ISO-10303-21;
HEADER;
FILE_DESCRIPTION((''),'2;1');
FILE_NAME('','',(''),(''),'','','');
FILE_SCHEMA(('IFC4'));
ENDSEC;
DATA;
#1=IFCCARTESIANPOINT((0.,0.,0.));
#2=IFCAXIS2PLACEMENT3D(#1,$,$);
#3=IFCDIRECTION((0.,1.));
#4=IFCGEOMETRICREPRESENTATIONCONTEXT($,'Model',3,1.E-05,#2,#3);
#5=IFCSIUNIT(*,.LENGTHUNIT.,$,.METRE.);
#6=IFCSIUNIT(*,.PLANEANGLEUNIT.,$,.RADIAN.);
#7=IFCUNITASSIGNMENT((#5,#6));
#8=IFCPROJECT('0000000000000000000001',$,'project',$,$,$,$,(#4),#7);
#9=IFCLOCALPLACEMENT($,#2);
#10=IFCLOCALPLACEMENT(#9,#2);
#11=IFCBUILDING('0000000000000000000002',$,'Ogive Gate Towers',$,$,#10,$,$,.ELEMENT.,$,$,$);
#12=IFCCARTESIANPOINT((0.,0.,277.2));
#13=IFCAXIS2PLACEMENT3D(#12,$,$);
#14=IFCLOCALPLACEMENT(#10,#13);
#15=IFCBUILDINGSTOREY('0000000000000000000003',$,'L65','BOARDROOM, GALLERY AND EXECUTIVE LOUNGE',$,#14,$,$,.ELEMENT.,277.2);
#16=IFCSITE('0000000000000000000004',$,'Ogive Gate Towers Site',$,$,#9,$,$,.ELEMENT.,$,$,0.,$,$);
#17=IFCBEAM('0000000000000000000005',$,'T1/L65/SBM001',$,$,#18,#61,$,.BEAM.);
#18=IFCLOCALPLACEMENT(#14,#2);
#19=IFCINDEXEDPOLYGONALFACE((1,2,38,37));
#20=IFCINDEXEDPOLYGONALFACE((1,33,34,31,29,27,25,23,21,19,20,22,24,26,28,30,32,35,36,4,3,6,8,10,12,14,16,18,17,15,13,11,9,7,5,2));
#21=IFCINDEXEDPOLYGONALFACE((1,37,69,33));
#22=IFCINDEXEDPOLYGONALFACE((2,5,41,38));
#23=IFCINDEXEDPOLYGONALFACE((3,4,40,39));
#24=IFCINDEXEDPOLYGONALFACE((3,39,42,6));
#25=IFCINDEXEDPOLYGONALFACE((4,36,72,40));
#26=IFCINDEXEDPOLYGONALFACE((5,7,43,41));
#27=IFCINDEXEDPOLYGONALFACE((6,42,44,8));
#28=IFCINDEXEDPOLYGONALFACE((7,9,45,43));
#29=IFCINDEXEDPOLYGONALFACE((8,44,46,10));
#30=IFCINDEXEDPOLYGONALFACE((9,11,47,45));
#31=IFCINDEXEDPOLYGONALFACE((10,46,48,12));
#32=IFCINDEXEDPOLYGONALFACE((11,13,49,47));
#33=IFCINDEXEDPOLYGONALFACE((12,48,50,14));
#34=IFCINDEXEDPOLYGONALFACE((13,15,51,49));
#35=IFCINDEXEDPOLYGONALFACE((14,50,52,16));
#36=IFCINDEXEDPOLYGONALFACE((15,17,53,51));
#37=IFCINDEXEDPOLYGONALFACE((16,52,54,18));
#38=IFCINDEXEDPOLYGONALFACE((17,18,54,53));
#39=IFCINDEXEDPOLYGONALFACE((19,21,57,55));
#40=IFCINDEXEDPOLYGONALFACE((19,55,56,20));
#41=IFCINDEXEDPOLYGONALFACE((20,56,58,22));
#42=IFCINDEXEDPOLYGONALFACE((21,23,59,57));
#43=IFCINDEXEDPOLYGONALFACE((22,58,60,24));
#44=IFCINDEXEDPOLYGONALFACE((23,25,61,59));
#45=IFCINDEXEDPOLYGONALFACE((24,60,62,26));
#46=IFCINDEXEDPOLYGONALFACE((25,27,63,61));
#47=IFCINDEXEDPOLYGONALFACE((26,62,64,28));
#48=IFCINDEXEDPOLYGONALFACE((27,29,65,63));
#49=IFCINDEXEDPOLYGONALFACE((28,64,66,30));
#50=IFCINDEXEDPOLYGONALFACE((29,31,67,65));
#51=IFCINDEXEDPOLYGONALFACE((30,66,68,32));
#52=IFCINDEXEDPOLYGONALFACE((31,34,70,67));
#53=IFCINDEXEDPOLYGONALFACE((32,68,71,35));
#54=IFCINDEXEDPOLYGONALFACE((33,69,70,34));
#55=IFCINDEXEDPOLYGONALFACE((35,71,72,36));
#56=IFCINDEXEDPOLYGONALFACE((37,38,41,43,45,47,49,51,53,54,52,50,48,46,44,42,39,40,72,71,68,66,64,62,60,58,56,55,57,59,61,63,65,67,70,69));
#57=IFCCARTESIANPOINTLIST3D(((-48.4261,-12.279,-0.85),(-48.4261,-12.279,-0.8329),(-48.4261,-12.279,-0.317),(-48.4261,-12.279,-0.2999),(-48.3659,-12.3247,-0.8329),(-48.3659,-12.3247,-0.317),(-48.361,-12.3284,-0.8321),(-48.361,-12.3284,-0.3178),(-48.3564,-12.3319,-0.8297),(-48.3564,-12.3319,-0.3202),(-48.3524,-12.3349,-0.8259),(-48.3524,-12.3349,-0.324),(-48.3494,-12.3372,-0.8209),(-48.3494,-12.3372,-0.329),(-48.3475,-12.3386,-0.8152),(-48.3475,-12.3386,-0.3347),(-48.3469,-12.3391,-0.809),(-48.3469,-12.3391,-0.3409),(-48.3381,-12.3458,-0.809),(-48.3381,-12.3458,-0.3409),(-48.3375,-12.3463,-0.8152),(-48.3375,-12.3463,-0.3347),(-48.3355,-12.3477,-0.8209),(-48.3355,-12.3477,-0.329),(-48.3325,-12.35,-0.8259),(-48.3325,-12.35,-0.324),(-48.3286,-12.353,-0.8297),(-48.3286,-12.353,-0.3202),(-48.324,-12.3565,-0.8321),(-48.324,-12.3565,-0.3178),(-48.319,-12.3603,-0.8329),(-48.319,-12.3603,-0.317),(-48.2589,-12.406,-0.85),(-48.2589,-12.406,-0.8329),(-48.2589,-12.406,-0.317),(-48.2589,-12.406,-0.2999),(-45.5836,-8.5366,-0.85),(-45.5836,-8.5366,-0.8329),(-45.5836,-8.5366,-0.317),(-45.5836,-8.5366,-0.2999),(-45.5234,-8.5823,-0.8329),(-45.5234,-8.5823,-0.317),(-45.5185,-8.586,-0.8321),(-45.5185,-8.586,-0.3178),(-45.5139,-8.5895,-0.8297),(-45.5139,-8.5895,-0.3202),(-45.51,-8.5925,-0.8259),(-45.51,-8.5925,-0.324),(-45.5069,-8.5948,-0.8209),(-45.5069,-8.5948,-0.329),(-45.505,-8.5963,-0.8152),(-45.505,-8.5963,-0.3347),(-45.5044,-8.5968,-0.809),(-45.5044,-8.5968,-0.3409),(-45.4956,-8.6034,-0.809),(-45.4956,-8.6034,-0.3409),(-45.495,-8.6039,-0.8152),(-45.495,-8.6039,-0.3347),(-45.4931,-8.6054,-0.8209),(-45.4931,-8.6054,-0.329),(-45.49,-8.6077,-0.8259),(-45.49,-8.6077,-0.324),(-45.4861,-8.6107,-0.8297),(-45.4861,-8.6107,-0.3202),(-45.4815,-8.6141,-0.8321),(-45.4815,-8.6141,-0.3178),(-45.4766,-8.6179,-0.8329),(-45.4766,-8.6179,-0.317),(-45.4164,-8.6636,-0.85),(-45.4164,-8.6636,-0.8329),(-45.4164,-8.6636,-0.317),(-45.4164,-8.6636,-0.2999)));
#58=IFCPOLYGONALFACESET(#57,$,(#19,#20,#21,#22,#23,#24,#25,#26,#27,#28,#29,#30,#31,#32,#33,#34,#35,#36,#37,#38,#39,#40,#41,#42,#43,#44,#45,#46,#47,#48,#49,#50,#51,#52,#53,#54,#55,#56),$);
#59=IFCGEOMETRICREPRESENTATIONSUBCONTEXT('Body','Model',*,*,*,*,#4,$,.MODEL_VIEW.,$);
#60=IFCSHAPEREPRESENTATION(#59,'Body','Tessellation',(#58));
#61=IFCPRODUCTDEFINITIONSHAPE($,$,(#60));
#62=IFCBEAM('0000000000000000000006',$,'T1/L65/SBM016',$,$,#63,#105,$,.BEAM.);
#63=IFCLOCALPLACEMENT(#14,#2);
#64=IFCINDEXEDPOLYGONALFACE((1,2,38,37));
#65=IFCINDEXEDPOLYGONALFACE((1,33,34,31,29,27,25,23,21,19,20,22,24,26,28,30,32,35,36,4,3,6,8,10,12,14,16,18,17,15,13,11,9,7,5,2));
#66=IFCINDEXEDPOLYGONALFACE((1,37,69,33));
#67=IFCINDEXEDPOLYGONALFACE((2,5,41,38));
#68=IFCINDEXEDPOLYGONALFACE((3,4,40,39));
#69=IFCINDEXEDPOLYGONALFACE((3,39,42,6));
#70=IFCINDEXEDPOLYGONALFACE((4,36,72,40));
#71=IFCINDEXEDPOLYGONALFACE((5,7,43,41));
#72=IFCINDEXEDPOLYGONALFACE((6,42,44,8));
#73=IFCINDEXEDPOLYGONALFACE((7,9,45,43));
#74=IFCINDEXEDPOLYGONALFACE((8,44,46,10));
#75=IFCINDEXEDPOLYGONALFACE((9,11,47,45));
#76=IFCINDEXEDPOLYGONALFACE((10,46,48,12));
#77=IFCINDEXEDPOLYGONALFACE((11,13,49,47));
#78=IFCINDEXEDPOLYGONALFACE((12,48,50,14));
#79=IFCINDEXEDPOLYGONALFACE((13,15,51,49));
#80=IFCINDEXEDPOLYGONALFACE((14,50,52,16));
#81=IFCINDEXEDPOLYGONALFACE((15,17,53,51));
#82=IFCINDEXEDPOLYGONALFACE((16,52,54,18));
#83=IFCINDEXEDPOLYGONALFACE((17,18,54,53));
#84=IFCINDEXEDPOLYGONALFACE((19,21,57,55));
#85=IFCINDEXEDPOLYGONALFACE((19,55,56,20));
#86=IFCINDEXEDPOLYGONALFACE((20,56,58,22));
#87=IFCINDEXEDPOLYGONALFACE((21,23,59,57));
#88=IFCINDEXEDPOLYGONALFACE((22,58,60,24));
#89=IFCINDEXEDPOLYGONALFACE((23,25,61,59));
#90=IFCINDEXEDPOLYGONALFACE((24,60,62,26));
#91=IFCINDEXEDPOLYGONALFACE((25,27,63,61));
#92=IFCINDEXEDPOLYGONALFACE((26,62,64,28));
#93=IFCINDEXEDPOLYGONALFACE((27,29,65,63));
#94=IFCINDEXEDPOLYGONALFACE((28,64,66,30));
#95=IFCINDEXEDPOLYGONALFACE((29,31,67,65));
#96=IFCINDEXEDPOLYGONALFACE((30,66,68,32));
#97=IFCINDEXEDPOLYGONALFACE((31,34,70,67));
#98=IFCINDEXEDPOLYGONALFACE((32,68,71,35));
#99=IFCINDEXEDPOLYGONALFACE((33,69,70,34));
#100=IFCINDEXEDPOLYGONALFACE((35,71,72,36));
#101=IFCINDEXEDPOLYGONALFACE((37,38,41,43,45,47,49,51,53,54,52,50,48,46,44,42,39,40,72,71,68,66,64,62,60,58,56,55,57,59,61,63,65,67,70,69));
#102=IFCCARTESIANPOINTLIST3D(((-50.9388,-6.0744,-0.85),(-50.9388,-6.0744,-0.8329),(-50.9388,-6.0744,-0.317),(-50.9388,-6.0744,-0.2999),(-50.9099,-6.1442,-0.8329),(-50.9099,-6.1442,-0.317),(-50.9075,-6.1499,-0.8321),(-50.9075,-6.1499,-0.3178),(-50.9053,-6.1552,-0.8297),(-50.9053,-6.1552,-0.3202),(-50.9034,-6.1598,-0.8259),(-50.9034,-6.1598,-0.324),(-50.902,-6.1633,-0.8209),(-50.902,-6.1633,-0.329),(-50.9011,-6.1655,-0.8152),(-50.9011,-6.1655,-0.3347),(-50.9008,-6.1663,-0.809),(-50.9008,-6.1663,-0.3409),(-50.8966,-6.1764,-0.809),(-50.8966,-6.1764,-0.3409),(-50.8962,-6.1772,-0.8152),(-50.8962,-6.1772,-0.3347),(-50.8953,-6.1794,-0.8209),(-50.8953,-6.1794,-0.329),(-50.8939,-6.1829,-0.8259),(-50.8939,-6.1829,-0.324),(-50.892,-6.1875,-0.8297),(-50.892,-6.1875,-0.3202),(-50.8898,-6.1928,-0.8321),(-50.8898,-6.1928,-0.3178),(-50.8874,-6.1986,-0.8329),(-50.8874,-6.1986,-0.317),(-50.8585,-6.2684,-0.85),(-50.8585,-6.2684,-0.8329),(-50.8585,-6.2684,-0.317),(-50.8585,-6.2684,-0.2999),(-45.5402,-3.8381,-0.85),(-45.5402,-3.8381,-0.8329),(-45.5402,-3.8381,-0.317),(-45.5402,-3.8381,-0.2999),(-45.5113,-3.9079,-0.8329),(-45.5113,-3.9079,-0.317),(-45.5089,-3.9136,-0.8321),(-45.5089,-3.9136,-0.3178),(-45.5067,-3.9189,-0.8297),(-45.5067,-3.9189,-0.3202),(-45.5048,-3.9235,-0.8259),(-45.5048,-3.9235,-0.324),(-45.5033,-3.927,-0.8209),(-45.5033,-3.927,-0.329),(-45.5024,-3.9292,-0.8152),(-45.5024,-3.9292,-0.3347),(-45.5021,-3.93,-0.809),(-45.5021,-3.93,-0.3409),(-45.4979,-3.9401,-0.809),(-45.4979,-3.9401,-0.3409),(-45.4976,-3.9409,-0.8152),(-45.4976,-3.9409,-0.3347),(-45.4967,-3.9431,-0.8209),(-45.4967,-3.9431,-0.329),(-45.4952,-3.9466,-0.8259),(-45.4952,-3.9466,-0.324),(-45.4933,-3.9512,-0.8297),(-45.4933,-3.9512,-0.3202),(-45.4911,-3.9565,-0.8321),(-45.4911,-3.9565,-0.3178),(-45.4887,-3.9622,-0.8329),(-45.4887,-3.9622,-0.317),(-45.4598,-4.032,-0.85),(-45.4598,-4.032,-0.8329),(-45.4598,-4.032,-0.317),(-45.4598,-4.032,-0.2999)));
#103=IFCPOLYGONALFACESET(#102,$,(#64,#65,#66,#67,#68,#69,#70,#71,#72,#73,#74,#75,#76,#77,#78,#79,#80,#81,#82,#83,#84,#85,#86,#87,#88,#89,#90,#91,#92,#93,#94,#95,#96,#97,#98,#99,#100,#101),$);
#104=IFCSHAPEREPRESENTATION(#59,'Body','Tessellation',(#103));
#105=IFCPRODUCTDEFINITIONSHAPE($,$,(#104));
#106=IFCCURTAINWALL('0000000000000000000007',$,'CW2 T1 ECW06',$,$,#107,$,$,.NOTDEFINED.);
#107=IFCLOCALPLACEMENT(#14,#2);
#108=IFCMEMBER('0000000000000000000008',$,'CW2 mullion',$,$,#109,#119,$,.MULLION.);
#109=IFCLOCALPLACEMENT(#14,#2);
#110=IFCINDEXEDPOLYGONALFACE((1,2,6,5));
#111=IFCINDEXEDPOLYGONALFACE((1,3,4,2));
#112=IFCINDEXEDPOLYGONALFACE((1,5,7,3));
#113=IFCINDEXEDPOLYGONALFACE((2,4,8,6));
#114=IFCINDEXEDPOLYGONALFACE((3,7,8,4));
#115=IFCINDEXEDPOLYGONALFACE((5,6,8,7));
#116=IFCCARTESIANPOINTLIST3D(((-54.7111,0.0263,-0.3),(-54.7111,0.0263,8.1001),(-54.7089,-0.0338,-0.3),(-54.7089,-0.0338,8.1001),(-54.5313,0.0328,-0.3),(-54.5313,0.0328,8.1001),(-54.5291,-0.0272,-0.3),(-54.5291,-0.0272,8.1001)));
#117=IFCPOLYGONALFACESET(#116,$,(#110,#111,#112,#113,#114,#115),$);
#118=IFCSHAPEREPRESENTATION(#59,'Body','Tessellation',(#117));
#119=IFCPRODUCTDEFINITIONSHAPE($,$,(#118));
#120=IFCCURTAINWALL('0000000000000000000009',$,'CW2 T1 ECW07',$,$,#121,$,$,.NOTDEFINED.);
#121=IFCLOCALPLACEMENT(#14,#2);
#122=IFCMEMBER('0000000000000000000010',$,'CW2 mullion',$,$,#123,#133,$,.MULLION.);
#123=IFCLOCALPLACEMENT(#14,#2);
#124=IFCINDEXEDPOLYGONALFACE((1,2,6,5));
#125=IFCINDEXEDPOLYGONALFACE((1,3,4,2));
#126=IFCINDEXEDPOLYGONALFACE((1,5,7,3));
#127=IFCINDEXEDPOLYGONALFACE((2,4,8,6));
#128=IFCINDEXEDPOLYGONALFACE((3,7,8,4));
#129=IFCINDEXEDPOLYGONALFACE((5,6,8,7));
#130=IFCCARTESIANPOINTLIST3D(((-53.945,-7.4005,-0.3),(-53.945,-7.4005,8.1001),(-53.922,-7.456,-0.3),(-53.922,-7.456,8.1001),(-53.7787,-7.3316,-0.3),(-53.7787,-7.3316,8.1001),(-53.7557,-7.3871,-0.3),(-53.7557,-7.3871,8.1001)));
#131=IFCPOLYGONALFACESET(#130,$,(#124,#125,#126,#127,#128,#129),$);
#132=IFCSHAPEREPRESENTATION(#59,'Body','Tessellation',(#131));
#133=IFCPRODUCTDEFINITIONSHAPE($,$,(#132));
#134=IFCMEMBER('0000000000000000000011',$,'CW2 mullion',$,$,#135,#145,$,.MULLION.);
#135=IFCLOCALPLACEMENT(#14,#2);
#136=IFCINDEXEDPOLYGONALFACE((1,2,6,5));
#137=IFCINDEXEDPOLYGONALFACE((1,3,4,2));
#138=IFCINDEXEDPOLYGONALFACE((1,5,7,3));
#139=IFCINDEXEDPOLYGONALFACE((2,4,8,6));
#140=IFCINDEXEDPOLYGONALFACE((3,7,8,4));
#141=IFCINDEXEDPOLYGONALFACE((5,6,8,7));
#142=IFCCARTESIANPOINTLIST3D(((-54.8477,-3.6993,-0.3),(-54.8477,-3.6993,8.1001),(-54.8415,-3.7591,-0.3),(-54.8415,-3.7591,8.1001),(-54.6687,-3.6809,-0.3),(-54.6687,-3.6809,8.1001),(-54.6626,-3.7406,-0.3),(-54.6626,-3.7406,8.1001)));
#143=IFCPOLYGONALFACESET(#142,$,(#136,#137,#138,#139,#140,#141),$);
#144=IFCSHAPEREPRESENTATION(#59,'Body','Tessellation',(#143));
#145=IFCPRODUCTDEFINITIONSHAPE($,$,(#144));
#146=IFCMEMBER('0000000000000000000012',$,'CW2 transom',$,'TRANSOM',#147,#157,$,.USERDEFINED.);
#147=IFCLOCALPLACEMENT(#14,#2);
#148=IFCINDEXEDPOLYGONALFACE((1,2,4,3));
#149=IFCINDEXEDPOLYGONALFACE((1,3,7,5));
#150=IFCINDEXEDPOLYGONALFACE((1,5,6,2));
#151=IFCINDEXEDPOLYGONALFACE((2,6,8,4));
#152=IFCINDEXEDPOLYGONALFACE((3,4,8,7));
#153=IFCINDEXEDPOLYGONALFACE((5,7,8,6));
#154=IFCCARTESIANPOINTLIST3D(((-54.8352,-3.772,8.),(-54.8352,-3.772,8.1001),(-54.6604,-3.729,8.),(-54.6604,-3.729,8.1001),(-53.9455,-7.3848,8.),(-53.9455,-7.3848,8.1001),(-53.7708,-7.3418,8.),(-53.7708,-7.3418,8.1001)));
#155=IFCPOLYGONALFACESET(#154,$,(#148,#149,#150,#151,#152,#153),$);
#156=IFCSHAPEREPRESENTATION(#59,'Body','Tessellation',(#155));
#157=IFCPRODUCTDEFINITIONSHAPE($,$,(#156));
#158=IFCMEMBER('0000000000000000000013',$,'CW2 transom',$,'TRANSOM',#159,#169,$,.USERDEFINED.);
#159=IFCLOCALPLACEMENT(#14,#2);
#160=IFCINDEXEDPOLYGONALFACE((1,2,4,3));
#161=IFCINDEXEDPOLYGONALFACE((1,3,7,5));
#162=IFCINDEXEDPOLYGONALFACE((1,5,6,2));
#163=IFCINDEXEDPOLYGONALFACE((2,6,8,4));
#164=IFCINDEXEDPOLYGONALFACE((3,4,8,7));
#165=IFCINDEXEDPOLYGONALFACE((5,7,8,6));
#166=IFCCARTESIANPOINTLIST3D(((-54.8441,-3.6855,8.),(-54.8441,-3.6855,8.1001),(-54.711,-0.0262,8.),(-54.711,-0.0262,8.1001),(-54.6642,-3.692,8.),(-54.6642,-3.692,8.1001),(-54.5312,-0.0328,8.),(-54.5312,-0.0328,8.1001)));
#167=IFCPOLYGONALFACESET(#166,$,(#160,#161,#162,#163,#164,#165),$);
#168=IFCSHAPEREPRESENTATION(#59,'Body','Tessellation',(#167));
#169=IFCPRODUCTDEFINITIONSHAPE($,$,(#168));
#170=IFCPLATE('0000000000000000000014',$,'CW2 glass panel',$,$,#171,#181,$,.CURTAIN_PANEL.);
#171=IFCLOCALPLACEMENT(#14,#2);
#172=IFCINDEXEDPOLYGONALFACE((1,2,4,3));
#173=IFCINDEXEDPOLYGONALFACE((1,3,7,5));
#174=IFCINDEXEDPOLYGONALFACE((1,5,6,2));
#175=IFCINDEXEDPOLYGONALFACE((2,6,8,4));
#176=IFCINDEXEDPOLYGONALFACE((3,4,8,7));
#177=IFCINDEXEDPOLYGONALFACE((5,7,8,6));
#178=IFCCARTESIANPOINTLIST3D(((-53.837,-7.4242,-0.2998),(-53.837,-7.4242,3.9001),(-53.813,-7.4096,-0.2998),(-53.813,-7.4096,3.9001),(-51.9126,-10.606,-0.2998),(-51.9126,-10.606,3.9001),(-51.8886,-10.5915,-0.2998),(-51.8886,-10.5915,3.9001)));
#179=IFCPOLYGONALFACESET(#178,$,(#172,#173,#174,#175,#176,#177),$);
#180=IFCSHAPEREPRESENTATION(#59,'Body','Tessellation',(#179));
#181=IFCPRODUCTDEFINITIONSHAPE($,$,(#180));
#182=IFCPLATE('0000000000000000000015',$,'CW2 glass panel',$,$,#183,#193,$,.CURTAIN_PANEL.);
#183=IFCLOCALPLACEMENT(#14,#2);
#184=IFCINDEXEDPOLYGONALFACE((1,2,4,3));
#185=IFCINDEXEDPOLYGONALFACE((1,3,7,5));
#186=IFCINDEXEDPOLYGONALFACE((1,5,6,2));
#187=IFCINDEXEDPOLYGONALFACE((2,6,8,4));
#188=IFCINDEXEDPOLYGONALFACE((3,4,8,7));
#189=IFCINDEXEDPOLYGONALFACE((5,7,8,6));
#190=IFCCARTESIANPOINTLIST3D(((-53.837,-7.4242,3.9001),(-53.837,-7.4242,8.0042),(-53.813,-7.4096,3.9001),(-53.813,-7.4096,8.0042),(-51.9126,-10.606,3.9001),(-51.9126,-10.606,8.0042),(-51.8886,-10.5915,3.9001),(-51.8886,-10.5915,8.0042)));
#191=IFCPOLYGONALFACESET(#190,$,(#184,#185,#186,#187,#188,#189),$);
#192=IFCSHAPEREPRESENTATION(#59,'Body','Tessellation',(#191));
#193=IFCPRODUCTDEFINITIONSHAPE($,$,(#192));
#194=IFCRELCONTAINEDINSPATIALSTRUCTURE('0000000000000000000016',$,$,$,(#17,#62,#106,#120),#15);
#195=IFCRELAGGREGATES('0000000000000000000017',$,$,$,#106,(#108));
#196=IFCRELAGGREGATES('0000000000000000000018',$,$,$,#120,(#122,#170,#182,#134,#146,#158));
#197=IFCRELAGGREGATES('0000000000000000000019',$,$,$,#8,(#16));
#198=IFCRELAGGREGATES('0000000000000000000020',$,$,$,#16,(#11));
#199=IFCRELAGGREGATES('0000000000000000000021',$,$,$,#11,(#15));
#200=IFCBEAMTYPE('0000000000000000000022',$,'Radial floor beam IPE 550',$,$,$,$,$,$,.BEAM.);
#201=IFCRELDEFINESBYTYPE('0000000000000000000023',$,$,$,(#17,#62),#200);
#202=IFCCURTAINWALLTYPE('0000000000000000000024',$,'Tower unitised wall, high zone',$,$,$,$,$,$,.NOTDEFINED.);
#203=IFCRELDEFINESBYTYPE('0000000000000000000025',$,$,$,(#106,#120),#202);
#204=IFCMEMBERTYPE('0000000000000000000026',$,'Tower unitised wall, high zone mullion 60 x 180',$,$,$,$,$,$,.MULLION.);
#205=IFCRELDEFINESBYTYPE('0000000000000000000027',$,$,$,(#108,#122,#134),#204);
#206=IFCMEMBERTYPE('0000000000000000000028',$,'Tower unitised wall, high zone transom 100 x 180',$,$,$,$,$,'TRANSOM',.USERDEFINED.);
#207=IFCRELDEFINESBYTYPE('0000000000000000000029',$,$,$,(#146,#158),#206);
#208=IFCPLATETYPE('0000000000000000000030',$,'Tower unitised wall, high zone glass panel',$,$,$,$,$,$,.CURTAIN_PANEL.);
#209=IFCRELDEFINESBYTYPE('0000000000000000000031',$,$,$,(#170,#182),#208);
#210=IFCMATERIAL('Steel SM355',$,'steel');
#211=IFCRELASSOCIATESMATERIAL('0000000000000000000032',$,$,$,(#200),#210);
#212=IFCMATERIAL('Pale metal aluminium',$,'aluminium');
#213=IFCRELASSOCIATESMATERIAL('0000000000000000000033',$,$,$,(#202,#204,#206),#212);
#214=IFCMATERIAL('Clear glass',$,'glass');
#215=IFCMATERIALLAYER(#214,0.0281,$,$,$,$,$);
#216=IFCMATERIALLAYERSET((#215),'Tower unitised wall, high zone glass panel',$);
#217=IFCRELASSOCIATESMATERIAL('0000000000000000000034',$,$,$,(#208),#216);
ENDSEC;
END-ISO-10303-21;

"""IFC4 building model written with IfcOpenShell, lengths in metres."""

from ifc_helpers import new_model, si_unit, direction, frame, origin, origin_2d, place, context, subcontext, project, spatial, rectangle, i_section, extrude, material, layer, layer_set, material_profile, profile_set, type_object, element, aggregate, save


model = new_model("IFC4")

# Units and contexts
model_context = context("Model", 3, precision=1e-05, world=origin(), true_north=direction((0.0, 1.0)))
body_context = subcontext(model_context, "Body", "Model", "MODEL_VIEW")
ifc_project = project(units=[si_unit("LENGTHUNIT", "METRE"), si_unit("PLANEANGLEUNIT", "RADIAN")], contexts=[model_context])

# Site, building, storey
site_placement = place(None, origin())
site = spatial("IfcSite", under=ifc_project, at=site_placement, Name="Ogive Gate Towers Site", CompositionType="ELEMENT", RefElevation=0.0)
building_placement = place(site_placement, origin())
building = spatial("IfcBuilding", under=site, at=building_placement, Name="Ogive Gate Towers", CompositionType="ELEMENT")
storey_placement = place(building_placement, frame((0.0, 0.0, 277.2)))
storey = spatial("IfcBuildingStorey", under=building, at=storey_placement, Name="L65", Description="BOARDROOM, GALLERY AND EXECUTIVE LOUNGE", CompositionType="ELEMENT", Elevation=277.2)

# Beams
ifc_material_1 = material(Name="Steel SM355", Category="steel")
ifc_material_profile_1 = material_profile(ifc_material_1, i_section(OverallWidth=0.21, OverallDepth=0.55, WebThickness=0.011, FlangeThickness=0.0171, FilletRadius=0.0239, at=origin_2d()), Name="IPE 550")
ifc_profile_set_1 = profile_set([ifc_material_profile_1], Name="Steel SM355")
beam_type = type_object("IfcBeamType", Name="Radial floor beam IPE 550", PredefinedType="BEAM", material=ifc_profile_set_1)
beam_1_placement = place(storey_placement, frame((-45.5, -8.6001, -0.575), z_axis=(-0.604851, -0.796338, 0.0), x_axis=(0.796338, -0.604851, 0.0)))
element("IfcBeam", 1, at=beam_1_placement, inside=storey, type_object=beam_type, Name="T1/L65/SBM001", PredefinedType="BEAM", context=body_context, shape_type="SweptSolid", body=[
    extrude(i_section(OverallWidth=0.21, OverallDepth=0.55, WebThickness=0.011, FlangeThickness=0.0171, FilletRadius=0.0239, at=origin_2d()), origin(), (0.0, 0.0, 1.0), 4.6995),
])
beam_2_placement = place(storey_placement, frame((-45.5, -3.9351, -0.575), z_axis=(-0.923872, -0.382701, 0.0), x_axis=(0.382701, -0.923872, 0.0)))
element("IfcBeam", 2, at=beam_2_placement, inside=storey, type_object=beam_type, Name="T1/L65/SBM016", PredefinedType="BEAM", context=body_context, shape_type="SweptSolid", body=[
    extrude(i_section(OverallWidth=0.21, OverallDepth=0.55, WebThickness=0.011, FlangeThickness=0.0171, FilletRadius=0.0239, at=origin_2d()), origin(), (0.0, 0.0, 1.0), 5.8435),
])

# Curtain wall, member
ifc_material_2 = material(Name="Pale metal aluminium", Category="aluminium")
curtain_wall_type = type_object("IfcCurtainWallType", Name="Tower unitised wall, high zone", PredefinedType="NOTDEFINED", material=ifc_material_2)
curtain_wall_1_placement = place(storey_placement, origin())
curtain_wall_1 = element("IfcCurtainWall", 3, at=curtain_wall_1_placement, inside=storey, type_object=curtain_wall_type, Name="CW2 T1 ECW06", PredefinedType="NOTDEFINED")
ifc_material_profile_2 = material_profile(ifc_material_2, rectangle(XDim=0.1799, YDim=0.0601, at=origin_2d()), Name="60 x 180 aluminium box")
ifc_profile_set_2 = profile_set([ifc_material_profile_2], Name="Pale metal aluminium")
member_type_1 = type_object("IfcMemberType", Name="Tower unitised wall, high zone mullion 60 x 180", PredefinedType="MULLION", material=ifc_profile_set_2)
member_1_placement = place(storey_placement, frame((-54.6201, -0.0005, -0.3), z_axis=(0.0, 0.0, 1.0), x_axis=(0.999341, 0.036295, 0.0)))
member_1 = element("IfcMember", 4, at=member_1_placement, type_object=member_type_1, Name="CW2 mullion", PredefinedType="MULLION", context=body_context, shape_type="SweptSolid", body=[
    extrude(rectangle(XDim=0.1799, YDim=0.0601, at=origin_2d()), origin(), (0.0, 0.0, 1.0), 8.4001),
])
aggregate(curtain_wall_1, [member_1])

# Curtain wall, members, plates
curtain_wall_2_placement = place(storey_placement, origin())
curtain_wall_2 = element("IfcCurtainWall", 5, at=curtain_wall_2_placement, inside=storey, type_object=curtain_wall_type, Name="CW2 T1 ECW07", PredefinedType="NOTDEFINED")
member_2_placement = place(storey_placement, frame((-53.8503, -7.3938, -0.3), z_axis=(0.0, 0.0, 1.0), x_axis=(0.92388, 0.382683, 0.0)))
member_2 = element("IfcMember", 6, at=member_2_placement, type_object=member_type_1, Name="CW2 mullion", PredefinedType="MULLION", context=body_context, shape_type="SweptSolid", body=[
    extrude(rectangle(XDim=0.1799, YDim=0.0601, at=origin_2d()), origin(), (0.0, 0.0, 1.0), 8.4001),
])
member_3_placement = place(storey_placement, frame((-54.7551, -3.72, -0.3), z_axis=(0.0, 0.0, 1.0), x_axis=(0.994744, 0.102393, 0.0)))
member_3 = element("IfcMember", 7, at=member_3_placement, type_object=member_type_1, Name="CW2 mullion", PredefinedType="MULLION", context=body_context, shape_type="SweptSolid", body=[
    extrude(rectangle(XDim=0.1799, YDim=0.0601, at=origin_2d()), origin(), (0.0, 0.0, 1.0), 8.4001),
])
ifc_material_profile_3 = material_profile(ifc_material_2, rectangle(XDim=0.1799, YDim=0.1001, at=origin_2d()), Name="100 x 180 aluminium box")
ifc_profile_set_3 = profile_set([ifc_material_profile_3], Name="Pale metal aluminium")
member_type_2 = type_object("IfcMemberType", Name="Tower unitised wall, high zone transom 100 x 180", ElementType="TRANSOM", PredefinedType="USERDEFINED", material=ifc_profile_set_3)
member_4_placement = place(storey_placement, frame((-53.8582, -7.3633, 8.05), z_axis=(-0.239107, 0.970993, 0.0), x_axis=(-0.970993, -0.239107, 0.0)))
member_4 = element("IfcMember", 8, at=member_4_placement, type_object=member_type_2, Name="CW2 transom", ObjectType="TRANSOM", PredefinedType="USERDEFINED", context=body_context, shape_type="SweptSolid", body=[
    extrude(rectangle(XDim=0.1799, YDim=0.1001, at=origin_2d()), origin(), (0.0, 0.0, 1.0), 3.7207),
])
member_5_placement = place(storey_placement, frame((-54.7542, -3.6887, 8.05), z_axis=(0.036338, 0.99934, 0.0), x_axis=(-0.99934, 0.036338, 0.0)))
member_5 = element("IfcMember", 9, at=member_5_placement, type_object=member_type_2, Name="CW2 transom", ObjectType="TRANSOM", PredefinedType="USERDEFINED", context=body_context, shape_type="SweptSolid", body=[
    extrude(rectangle(XDim=0.1799, YDim=0.1001, at=origin_2d()), origin(), (0.0, 0.0, 1.0), 3.6616),
])
ifc_material_3 = material(Name="Clear glass", Category="glass")
ifc_layer_1 = layer(ifc_material_3, 0.0281)
ifc_layer_set_1 = layer_set([ifc_layer_1], Name="Tower unitised wall, high zone glass panel")
plate_type = type_object("IfcPlateType", Name="Tower unitised wall, high zone glass panel", PredefinedType="CURTAIN_PANEL", material=ifc_layer_set_1)
plate_1_placement = place(storey_placement, frame((-52.8628, -9.0078, -0.2998), z_axis=(0.0, 0.0, 1.0), x_axis=(-0.517519, 0.855672, 0.0)))
plate_1 = element("IfcPlate", 10, at=plate_1_placement, type_object=plate_type, Name="CW2 glass panel", PredefinedType="CURTAIN_PANEL", context=body_context, shape_type="SweptSolid", body=[
    extrude(rectangle(XDim=3.7185, YDim=0.0281, at=origin_2d()), origin(), (0.0, 0.0, 1.0), 4.2),
])
plate_2_placement = place(storey_placement, frame((-52.8628, -9.0078, 3.9001), z_axis=(0.0, 0.0, 1.0), x_axis=(-0.517519, 0.855672, 0.0)))
plate_2 = element("IfcPlate", 11, at=plate_2_placement, type_object=plate_type, Name="CW2 glass panel", PredefinedType="CURTAIN_PANEL", context=body_context, shape_type="SweptSolid", body=[
    extrude(rectangle(XDim=3.7185, YDim=0.0281, at=origin_2d()), origin(), (0.0, 0.0, 1.0), 4.104),
])
aggregate(curtain_wall_2, [member_2, plate_1, plate_2, member_3, member_4, member_5])

save(model, "model.ifc")
